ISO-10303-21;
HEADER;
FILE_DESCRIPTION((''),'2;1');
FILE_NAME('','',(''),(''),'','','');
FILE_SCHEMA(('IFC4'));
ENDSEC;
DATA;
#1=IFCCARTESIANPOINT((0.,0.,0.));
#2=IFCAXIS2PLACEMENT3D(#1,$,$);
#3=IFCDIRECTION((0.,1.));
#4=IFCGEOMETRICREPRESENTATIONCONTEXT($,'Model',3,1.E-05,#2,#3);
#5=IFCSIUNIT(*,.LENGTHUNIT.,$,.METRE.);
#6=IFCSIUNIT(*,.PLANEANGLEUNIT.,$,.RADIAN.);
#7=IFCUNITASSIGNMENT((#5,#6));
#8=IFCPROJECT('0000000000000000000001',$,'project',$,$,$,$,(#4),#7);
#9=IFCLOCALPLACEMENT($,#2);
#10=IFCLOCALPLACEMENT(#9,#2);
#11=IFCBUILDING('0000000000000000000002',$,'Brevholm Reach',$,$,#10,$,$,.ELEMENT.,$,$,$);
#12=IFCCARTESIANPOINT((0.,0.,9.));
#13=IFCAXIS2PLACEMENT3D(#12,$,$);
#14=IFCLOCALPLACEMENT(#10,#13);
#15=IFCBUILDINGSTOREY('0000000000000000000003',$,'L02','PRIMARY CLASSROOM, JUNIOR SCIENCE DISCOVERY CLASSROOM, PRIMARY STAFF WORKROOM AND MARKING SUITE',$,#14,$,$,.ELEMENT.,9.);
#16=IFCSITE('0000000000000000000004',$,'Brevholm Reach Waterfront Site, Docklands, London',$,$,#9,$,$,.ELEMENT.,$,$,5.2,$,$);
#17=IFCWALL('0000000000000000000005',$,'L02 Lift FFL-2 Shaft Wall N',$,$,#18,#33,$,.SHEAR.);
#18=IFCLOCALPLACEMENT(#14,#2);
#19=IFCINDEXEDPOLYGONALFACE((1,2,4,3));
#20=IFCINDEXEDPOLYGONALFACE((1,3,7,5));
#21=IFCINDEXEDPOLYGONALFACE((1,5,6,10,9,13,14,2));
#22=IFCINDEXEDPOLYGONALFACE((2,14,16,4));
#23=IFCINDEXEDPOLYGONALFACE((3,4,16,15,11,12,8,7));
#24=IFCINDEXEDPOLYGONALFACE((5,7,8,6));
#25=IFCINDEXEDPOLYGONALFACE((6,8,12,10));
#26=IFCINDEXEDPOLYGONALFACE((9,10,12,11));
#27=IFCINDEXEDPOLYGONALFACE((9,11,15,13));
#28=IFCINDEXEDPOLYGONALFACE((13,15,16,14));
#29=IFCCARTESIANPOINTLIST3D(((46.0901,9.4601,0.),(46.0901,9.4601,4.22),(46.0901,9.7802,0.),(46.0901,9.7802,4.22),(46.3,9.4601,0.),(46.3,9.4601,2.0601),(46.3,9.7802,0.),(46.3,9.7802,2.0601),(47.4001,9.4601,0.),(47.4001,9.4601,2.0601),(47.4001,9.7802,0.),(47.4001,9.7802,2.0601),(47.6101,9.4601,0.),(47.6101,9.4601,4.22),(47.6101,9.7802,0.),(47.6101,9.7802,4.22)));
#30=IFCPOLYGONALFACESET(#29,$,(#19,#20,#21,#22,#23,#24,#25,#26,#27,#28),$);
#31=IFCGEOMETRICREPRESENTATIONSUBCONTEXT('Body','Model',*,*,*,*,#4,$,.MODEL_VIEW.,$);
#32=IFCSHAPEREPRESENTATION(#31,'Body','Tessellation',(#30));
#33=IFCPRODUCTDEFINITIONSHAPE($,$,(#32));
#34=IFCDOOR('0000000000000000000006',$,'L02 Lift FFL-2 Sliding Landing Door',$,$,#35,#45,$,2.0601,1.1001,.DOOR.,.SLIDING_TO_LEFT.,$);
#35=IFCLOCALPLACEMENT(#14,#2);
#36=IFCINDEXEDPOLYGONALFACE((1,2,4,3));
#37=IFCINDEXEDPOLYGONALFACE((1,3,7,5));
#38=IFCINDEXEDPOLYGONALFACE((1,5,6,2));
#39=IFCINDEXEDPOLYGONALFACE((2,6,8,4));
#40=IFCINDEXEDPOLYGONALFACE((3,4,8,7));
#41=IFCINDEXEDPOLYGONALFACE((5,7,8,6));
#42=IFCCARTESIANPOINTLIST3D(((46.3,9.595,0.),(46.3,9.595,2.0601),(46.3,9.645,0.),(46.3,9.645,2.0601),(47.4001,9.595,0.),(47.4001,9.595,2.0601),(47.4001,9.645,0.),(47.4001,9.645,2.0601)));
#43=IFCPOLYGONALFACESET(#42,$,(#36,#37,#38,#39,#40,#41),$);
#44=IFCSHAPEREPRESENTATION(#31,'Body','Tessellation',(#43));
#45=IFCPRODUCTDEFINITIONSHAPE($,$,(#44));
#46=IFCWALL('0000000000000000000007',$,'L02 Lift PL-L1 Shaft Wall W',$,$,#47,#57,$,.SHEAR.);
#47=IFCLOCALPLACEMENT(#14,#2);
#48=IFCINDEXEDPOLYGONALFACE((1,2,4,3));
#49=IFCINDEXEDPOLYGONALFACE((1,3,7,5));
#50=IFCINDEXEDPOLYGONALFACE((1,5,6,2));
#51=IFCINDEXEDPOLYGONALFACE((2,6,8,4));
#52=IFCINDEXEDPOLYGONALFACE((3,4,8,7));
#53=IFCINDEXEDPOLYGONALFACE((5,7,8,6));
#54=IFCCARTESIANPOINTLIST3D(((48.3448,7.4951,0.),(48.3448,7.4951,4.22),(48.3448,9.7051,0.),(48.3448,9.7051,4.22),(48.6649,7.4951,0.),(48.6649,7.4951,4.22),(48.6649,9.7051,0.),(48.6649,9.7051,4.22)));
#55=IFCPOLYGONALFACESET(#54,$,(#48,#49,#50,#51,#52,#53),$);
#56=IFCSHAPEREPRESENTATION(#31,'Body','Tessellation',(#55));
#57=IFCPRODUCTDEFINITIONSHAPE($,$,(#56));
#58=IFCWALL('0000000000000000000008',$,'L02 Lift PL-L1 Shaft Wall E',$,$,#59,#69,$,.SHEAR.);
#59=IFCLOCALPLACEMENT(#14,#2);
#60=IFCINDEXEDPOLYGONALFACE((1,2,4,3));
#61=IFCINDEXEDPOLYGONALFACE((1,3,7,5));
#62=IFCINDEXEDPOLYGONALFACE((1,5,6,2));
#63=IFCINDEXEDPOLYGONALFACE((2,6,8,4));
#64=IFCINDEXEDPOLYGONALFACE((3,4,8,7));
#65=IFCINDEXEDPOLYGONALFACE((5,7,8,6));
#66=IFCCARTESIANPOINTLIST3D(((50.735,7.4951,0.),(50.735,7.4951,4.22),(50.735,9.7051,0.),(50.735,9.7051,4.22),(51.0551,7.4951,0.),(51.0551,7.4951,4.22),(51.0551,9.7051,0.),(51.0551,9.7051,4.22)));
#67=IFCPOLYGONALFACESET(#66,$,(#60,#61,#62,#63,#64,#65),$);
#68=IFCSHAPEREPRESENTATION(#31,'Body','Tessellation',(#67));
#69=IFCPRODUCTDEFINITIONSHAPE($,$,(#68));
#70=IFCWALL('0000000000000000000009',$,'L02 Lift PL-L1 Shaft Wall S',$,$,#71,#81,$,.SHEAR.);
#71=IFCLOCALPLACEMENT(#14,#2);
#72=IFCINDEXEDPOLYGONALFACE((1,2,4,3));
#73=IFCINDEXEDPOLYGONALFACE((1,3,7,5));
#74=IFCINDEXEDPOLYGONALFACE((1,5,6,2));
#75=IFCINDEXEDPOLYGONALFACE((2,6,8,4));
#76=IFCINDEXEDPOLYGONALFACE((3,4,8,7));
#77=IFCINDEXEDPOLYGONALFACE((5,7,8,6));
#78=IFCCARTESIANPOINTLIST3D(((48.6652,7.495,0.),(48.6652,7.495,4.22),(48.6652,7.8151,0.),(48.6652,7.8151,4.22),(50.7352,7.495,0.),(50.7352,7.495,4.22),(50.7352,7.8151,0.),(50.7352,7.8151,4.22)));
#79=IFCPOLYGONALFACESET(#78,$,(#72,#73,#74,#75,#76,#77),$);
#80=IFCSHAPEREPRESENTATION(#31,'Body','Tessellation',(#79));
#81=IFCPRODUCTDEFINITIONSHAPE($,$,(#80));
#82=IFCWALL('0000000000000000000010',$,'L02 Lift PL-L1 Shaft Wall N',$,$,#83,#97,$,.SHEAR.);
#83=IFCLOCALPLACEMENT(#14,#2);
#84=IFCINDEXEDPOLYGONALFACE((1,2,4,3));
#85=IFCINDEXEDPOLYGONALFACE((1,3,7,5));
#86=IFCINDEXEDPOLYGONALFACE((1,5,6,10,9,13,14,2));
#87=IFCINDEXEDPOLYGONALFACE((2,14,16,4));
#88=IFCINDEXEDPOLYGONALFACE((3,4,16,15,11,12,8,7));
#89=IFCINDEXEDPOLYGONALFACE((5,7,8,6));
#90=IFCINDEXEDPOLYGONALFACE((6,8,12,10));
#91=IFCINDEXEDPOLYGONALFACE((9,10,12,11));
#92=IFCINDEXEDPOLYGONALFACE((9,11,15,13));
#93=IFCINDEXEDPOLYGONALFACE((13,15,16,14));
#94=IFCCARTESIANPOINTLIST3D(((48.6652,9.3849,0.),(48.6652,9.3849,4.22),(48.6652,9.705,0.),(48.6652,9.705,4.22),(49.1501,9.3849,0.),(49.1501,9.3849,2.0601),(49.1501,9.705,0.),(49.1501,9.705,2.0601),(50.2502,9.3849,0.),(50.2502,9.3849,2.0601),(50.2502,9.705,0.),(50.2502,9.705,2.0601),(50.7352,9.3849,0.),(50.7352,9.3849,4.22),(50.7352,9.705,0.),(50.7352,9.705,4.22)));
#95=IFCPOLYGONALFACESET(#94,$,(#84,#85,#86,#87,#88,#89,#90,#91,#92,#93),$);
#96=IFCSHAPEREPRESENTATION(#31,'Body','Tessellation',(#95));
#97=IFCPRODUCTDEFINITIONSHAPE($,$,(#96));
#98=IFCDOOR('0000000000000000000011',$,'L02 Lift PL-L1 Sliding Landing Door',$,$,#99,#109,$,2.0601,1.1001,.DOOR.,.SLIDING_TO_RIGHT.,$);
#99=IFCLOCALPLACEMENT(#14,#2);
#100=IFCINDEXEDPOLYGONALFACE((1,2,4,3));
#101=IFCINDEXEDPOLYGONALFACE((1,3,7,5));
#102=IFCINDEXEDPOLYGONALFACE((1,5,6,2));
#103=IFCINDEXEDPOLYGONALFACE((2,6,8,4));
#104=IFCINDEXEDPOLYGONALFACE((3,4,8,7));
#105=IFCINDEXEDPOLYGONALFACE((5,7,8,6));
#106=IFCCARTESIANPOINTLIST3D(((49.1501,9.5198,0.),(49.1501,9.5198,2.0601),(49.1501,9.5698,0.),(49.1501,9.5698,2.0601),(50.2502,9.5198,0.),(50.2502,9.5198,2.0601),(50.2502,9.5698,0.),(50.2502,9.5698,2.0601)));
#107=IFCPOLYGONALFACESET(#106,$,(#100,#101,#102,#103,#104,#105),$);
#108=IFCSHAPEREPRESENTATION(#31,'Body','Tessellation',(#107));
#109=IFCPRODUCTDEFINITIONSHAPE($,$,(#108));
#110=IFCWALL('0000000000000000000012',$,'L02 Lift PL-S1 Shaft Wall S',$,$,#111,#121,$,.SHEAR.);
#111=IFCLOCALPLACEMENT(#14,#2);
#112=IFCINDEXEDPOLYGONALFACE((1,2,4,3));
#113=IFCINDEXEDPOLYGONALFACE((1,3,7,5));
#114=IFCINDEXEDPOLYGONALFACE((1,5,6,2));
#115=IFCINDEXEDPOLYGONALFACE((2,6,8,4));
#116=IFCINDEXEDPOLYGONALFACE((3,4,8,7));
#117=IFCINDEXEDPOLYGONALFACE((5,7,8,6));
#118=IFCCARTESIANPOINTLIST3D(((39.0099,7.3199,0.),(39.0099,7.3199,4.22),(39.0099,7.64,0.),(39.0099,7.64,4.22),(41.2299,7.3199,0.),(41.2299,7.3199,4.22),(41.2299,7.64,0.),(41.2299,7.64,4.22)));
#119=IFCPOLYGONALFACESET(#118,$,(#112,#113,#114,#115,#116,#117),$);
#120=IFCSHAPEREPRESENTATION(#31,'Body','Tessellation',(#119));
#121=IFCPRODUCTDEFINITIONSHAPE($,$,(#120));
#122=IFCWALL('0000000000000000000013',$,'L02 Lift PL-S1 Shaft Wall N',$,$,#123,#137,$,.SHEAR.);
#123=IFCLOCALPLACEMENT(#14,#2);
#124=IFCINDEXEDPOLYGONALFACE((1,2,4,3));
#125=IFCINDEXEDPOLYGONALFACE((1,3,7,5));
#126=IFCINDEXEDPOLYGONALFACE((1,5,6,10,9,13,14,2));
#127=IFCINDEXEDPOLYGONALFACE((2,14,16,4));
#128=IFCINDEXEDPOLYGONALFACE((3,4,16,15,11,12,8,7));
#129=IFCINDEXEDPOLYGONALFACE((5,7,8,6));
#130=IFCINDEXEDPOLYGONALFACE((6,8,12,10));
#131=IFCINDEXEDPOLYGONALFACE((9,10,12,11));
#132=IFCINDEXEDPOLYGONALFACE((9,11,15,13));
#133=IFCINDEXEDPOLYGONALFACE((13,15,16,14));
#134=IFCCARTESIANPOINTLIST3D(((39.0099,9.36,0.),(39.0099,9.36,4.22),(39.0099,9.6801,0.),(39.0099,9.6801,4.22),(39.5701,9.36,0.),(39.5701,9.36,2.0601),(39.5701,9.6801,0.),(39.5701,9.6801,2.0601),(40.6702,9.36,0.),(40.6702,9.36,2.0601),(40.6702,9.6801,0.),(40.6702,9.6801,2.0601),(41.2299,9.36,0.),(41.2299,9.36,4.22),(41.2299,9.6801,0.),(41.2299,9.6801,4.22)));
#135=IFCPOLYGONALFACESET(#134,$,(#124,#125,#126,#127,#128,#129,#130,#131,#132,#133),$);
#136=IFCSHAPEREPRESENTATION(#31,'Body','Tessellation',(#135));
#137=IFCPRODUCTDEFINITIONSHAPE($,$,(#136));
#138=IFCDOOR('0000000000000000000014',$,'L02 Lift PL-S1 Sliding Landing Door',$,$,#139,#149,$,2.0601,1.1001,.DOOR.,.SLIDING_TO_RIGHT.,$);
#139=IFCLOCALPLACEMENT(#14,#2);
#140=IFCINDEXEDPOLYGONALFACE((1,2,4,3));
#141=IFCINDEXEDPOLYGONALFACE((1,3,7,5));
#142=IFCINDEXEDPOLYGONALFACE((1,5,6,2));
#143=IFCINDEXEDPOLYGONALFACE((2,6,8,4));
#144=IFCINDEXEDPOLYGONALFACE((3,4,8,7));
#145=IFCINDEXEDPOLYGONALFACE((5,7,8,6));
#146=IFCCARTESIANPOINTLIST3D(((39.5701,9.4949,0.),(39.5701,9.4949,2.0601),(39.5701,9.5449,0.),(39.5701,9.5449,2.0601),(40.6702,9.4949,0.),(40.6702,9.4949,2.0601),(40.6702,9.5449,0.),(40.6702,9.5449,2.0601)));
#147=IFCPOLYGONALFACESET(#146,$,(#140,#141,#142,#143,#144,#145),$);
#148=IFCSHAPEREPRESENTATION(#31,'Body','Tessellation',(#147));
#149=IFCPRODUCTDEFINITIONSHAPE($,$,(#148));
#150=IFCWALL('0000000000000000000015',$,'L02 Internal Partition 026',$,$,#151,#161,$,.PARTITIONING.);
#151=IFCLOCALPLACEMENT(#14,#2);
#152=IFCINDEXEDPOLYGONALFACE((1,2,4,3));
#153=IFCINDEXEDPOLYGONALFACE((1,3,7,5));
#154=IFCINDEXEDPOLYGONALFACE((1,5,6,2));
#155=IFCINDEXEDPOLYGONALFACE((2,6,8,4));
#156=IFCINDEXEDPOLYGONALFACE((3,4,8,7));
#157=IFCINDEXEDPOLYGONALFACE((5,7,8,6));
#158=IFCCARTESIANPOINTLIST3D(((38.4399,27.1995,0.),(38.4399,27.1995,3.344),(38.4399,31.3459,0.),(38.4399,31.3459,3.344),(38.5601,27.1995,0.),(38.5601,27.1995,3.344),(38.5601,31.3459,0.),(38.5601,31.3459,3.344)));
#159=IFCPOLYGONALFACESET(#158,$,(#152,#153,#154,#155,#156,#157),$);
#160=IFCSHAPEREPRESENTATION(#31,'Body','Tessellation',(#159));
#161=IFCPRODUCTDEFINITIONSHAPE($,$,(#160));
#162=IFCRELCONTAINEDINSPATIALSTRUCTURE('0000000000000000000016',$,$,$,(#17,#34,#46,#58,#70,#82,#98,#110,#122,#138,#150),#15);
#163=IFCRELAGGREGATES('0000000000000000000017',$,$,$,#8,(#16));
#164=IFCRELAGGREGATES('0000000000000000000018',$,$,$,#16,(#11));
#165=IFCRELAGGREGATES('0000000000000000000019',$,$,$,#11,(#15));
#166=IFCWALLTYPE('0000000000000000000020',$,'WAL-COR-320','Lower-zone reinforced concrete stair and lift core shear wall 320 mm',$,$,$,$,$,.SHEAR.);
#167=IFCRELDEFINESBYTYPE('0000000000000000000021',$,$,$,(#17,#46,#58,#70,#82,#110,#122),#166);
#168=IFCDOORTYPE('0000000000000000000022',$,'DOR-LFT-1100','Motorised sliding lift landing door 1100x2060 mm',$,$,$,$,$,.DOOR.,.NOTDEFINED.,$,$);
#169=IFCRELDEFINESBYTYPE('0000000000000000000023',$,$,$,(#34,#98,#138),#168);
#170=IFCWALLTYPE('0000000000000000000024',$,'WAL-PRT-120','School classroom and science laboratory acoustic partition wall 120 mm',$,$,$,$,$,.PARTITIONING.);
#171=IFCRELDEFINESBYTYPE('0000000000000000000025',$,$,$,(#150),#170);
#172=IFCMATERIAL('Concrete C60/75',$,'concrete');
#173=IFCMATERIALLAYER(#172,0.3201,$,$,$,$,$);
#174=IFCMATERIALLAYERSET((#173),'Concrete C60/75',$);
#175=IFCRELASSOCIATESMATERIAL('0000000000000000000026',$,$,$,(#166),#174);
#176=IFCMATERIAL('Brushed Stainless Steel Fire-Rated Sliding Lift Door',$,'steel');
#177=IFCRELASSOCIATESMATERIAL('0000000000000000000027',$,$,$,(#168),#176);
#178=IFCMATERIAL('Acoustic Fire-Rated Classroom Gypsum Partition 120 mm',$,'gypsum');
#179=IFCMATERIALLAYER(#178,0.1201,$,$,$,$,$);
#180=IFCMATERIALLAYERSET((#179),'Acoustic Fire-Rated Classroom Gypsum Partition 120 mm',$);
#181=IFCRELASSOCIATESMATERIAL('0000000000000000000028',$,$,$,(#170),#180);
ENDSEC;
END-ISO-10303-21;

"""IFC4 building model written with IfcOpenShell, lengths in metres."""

from ifc_helpers import new_model, si_unit, direction, frame, frame_2d, origin, place, context, subcontext, project, spatial, rectangle, extrude, material, layer, layer_set, type_object, element, fill, save


model = new_model("IFC4")

# Units and contexts
model_context = context("Model", 3, precision=1e-05, world=origin(), true_north=direction((0.0, 1.0)))
body_context = subcontext(model_context, "Body", "Model", "MODEL_VIEW")
ifc_project = project(units=[si_unit("LENGTHUNIT", "METRE"), si_unit("PLANEANGLEUNIT", "RADIAN")], contexts=[model_context])

# Site, building, storey
site_placement = place(None, origin())
site = spatial("IfcSite", under=ifc_project, at=site_placement, Name="Brevholm Reach Waterfront Site, Docklands, London", CompositionType="ELEMENT", RefElevation=5.2)
building_placement = place(site_placement, origin())
building = spatial("IfcBuilding", under=site, at=building_placement, Name="Brevholm Reach", CompositionType="ELEMENT")
storey_placement = place(building_placement, frame((0.0, 0.0, 9.0)))
storey = spatial("IfcBuildingStorey", under=building, at=storey_placement, Name="L02", Description="PRIMARY CLASSROOM, JUNIOR SCIENCE DISCOVERY CLASSROOM, PRIMARY STAFF WORKROOM AND MARKING SUITE", CompositionType="ELEMENT", Elevation=9.0)

# Wall, opening, door
ifc_material_1 = material(Name="Concrete C60/75", Category="concrete")
ifc_layer_1 = layer(ifc_material_1, 0.3201)
ifc_layer_set_1 = layer_set([ifc_layer_1], Name="Concrete C60/75")
wall_type_1 = type_object("IfcWallType", Name="WAL-COR-320", Description="Lower-zone reinforced concrete stair and lift core shear wall 320 mm", PredefinedType="SHEAR", material=ifc_layer_set_1)
wall_1_placement = place(storey_placement, frame((46.0901, 9.6201, 0.0), z_axis=(0.0, 0.0, 1.0), x_axis=(1.0, 0.0, 0.0)))
wall_1 = element("IfcWall", 1, at=wall_1_placement, inside=storey, type_object=wall_type_1, Name="L02 Lift FFL-2 Shaft Wall N", PredefinedType="SHEAR", context=body_context, shape_type="SweptSolid", body=[
    extrude(rectangle(XDim=1.52, YDim=0.3201, at=frame_2d((0.76, 0.0))), origin(), (0.0, 0.0, 1.0), 4.22),
])
opening_1_placement = place(wall_1_placement, frame((0.21, 0.0, 0.0)))
opening_1 = element("IfcOpeningElement", 2, at=opening_1_placement, cuts=wall_1, PredefinedType="OPENING", context=body_context, shape_type="SweptSolid", body=[
    extrude(rectangle(XDim=1.1001, YDim=2.0601, at=frame_2d((0.55, 1.03))), frame((0.0, 0.1699, 0.0), z_axis=(0.0, -1.0, 0.0), x_axis=(1.0, 0.0, 0.0)), (0.0, 0.0, 1.0), 0.3401),
])
ifc_material_2 = material(Name="Brushed Stainless Steel Fire-Rated Sliding Lift Door", Category="steel")
door_type_1 = type_object("IfcDoorType", Name="DOR-LFT-1100", Description="Motorised sliding lift landing door 1100x2060 mm", OperationType="NOTDEFINED", PredefinedType="DOOR", material=ifc_material_2)
door_1_placement = place(opening_1_placement, origin())
door_1 = element("IfcDoor", 3, at=door_1_placement, inside=storey, type_object=door_type_1, Name="L02 Lift FFL-2 Sliding Landing Door", OperationType="SLIDING_TO_LEFT", OverallHeight=2.0601, OverallWidth=1.1001, PredefinedType="DOOR", context=body_context, shape_type="SweptSolid", body=[
    extrude(rectangle(XDim=1.1001, YDim=2.0601, at=frame_2d((0.55, 1.03))), frame((0.0, 0.0249, 0.0), z_axis=(0.0, -1.0, 0.0), x_axis=(1.0, 0.0, 0.0)), (0.0, 0.0, 1.0), 0.05),
])
fill(opening_1, door_1)

# Walls
for number, where, z_axis, x_axis, name in (
    (4, (48.5049, 7.4951, 0.0), (0.0, 0.0, 1.0), (0.0, 1.0, 0.0), "L02 Lift PL-L1 Shaft Wall W"),
    (5, (50.895, 7.4951, 0.0), (0.0, 0.0, 1.0), (0.0, 1.0, 0.0), "L02 Lift PL-L1 Shaft Wall E"),
):
    element("IfcWall", number, at=place(storey_placement, frame(where, z_axis=z_axis, x_axis=x_axis)), inside=storey, type_object=wall_type_1, Name=name, PredefinedType="SHEAR", context=body_context, shape_type="SweptSolid", body=[
        extrude(rectangle(XDim=2.21, YDim=0.3201, at=frame_2d((1.105, 0.0))), origin(), (0.0, 0.0, 1.0), 4.22),
    ])
wall_2_placement = place(storey_placement, frame((48.665, 7.655, 0.0), z_axis=(0.0, 0.0, 1.0), x_axis=(1.0, 0.0, 0.0)))
element("IfcWall", 6, at=wall_2_placement, inside=storey, type_object=wall_type_1, Name="L02 Lift PL-L1 Shaft Wall S", PredefinedType="SHEAR", context=body_context, shape_type="SweptSolid", body=[
    extrude(rectangle(XDim=2.0701, YDim=0.3201, at=frame_2d((1.0352, 0.0))), origin(), (0.0, 0.0, 1.0), 4.22),
])

# Wall, opening, door
wall_3_placement = place(storey_placement, frame((48.665, 9.5449, 0.0), z_axis=(0.0, 0.0, 1.0), x_axis=(1.0, 0.0, 0.0)))
wall_3 = element("IfcWall", 7, at=wall_3_placement, inside=storey, type_object=wall_type_1, Name="L02 Lift PL-L1 Shaft Wall N", PredefinedType="SHEAR", context=body_context, shape_type="SweptSolid", body=[
    extrude(rectangle(XDim=2.0701, YDim=0.3201, at=frame_2d((1.0352, 0.0))), origin(), (0.0, 0.0, 1.0), 4.22),
])
opening_2_placement = place(wall_3_placement, frame((0.4851, 0.0, 0.0)))
opening_2 = element("IfcOpeningElement", 8, at=opening_2_placement, cuts=wall_3, PredefinedType="OPENING", context=body_context, shape_type="SweptSolid", body=[
    extrude(rectangle(XDim=1.1001, YDim=2.0601, at=frame_2d((0.55, 1.03))), frame((0.0, 0.1699, 0.0), z_axis=(0.0, -1.0, 0.0), x_axis=(1.0, 0.0, 0.0)), (0.0, 0.0, 1.0), 0.3401),
])
door_2_placement = place(opening_2_placement, origin())
door_2 = element("IfcDoor", 9, at=door_2_placement, inside=storey, type_object=door_type_1, Name="L02 Lift PL-L1 Sliding Landing Door", OperationType="SLIDING_TO_RIGHT", OverallHeight=2.0601, OverallWidth=1.1001, PredefinedType="DOOR", context=body_context, shape_type="SweptSolid", body=[
    extrude(rectangle(XDim=1.1001, YDim=2.0601, at=frame_2d((0.55, 1.03))), frame((0.0, 0.0249, 0.0), z_axis=(0.0, -1.0, 0.0), x_axis=(1.0, 0.0, 0.0)), (0.0, 0.0, 1.0), 0.05),
])
fill(opening_2, door_2)

# Wall
wall_4_placement = place(storey_placement, frame((39.01, 7.48, 0.0), z_axis=(0.0, 0.0, 1.0), x_axis=(1.0, 0.0, 0.0)))
element("IfcWall", 10, at=wall_4_placement, inside=storey, type_object=wall_type_1, Name="L02 Lift PL-S1 Shaft Wall S", PredefinedType="SHEAR", context=body_context, shape_type="SweptSolid", body=[
    extrude(rectangle(XDim=2.22, YDim=0.3201, at=frame_2d((1.1099, 0.0))), origin(), (0.0, 0.0, 1.0), 4.22),
])

# Wall, opening, door
wall_5_placement = place(storey_placement, frame((39.01, 9.52, 0.0), z_axis=(0.0, 0.0, 1.0), x_axis=(1.0, 0.0, 0.0)))
wall_5 = element("IfcWall", 11, at=wall_5_placement, inside=storey, type_object=wall_type_1, Name="L02 Lift PL-S1 Shaft Wall N", PredefinedType="SHEAR", context=body_context, shape_type="SweptSolid", body=[
    extrude(rectangle(XDim=2.22, YDim=0.3201, at=frame_2d((1.1099, 0.0))), origin(), (0.0, 0.0, 1.0), 4.22),
])
opening_3_placement = place(wall_5_placement, frame((0.5601, 0.0, 0.0)))
opening_3 = element("IfcOpeningElement", 12, at=opening_3_placement, cuts=wall_5, PredefinedType="OPENING", context=body_context, shape_type="SweptSolid", body=[
    extrude(rectangle(XDim=1.1001, YDim=2.0601, at=frame_2d((0.55, 1.03))), frame((0.0, 0.1699, 0.0), z_axis=(0.0, -1.0, 0.0), x_axis=(1.0, 0.0, 0.0)), (0.0, 0.0, 1.0), 0.3401),
])
door_3_placement = place(opening_3_placement, origin())
door_3 = element("IfcDoor", 13, at=door_3_placement, inside=storey, type_object=door_type_1, Name="L02 Lift PL-S1 Sliding Landing Door", OperationType="SLIDING_TO_RIGHT", OverallHeight=2.0601, OverallWidth=1.1001, PredefinedType="DOOR", context=body_context, shape_type="SweptSolid", body=[
    extrude(rectangle(XDim=1.1001, YDim=2.0601, at=frame_2d((0.55, 1.03))), frame((0.0, 0.0249, 0.0), z_axis=(0.0, -1.0, 0.0), x_axis=(1.0, 0.0, 0.0)), (0.0, 0.0, 1.0), 0.05),
])
fill(opening_3, door_3)

# Wall
ifc_material_3 = material(Name="Acoustic Fire-Rated Classroom Gypsum Partition 120 mm", Category="gypsum")
ifc_layer_2 = layer(ifc_material_3, 0.1201)
ifc_layer_set_2 = layer_set([ifc_layer_2], Name="Acoustic Fire-Rated Classroom Gypsum Partition 120 mm")
wall_type_2 = type_object("IfcWallType", Name="WAL-PRT-120", Description="School classroom and science laboratory acoustic partition wall 120 mm", PredefinedType="PARTITIONING", material=ifc_layer_set_2)
wall_6_placement = place(storey_placement, frame((38.5, 27.1995, 0.0), z_axis=(0.0, 0.0, 1.0), x_axis=(0.0, 1.0, 0.0)))
element("IfcWall", 14, at=wall_6_placement, inside=storey, type_object=wall_type_2, Name="L02 Internal Partition 026", PredefinedType="PARTITIONING", context=body_context, shape_type="SweptSolid", body=[
    extrude(rectangle(XDim=4.1465, YDim=0.1201, at=frame_2d((2.0732, 0.0))), origin(), (0.0, 0.0, 1.0), 3.344),
])

save(model, "model.ifc")
